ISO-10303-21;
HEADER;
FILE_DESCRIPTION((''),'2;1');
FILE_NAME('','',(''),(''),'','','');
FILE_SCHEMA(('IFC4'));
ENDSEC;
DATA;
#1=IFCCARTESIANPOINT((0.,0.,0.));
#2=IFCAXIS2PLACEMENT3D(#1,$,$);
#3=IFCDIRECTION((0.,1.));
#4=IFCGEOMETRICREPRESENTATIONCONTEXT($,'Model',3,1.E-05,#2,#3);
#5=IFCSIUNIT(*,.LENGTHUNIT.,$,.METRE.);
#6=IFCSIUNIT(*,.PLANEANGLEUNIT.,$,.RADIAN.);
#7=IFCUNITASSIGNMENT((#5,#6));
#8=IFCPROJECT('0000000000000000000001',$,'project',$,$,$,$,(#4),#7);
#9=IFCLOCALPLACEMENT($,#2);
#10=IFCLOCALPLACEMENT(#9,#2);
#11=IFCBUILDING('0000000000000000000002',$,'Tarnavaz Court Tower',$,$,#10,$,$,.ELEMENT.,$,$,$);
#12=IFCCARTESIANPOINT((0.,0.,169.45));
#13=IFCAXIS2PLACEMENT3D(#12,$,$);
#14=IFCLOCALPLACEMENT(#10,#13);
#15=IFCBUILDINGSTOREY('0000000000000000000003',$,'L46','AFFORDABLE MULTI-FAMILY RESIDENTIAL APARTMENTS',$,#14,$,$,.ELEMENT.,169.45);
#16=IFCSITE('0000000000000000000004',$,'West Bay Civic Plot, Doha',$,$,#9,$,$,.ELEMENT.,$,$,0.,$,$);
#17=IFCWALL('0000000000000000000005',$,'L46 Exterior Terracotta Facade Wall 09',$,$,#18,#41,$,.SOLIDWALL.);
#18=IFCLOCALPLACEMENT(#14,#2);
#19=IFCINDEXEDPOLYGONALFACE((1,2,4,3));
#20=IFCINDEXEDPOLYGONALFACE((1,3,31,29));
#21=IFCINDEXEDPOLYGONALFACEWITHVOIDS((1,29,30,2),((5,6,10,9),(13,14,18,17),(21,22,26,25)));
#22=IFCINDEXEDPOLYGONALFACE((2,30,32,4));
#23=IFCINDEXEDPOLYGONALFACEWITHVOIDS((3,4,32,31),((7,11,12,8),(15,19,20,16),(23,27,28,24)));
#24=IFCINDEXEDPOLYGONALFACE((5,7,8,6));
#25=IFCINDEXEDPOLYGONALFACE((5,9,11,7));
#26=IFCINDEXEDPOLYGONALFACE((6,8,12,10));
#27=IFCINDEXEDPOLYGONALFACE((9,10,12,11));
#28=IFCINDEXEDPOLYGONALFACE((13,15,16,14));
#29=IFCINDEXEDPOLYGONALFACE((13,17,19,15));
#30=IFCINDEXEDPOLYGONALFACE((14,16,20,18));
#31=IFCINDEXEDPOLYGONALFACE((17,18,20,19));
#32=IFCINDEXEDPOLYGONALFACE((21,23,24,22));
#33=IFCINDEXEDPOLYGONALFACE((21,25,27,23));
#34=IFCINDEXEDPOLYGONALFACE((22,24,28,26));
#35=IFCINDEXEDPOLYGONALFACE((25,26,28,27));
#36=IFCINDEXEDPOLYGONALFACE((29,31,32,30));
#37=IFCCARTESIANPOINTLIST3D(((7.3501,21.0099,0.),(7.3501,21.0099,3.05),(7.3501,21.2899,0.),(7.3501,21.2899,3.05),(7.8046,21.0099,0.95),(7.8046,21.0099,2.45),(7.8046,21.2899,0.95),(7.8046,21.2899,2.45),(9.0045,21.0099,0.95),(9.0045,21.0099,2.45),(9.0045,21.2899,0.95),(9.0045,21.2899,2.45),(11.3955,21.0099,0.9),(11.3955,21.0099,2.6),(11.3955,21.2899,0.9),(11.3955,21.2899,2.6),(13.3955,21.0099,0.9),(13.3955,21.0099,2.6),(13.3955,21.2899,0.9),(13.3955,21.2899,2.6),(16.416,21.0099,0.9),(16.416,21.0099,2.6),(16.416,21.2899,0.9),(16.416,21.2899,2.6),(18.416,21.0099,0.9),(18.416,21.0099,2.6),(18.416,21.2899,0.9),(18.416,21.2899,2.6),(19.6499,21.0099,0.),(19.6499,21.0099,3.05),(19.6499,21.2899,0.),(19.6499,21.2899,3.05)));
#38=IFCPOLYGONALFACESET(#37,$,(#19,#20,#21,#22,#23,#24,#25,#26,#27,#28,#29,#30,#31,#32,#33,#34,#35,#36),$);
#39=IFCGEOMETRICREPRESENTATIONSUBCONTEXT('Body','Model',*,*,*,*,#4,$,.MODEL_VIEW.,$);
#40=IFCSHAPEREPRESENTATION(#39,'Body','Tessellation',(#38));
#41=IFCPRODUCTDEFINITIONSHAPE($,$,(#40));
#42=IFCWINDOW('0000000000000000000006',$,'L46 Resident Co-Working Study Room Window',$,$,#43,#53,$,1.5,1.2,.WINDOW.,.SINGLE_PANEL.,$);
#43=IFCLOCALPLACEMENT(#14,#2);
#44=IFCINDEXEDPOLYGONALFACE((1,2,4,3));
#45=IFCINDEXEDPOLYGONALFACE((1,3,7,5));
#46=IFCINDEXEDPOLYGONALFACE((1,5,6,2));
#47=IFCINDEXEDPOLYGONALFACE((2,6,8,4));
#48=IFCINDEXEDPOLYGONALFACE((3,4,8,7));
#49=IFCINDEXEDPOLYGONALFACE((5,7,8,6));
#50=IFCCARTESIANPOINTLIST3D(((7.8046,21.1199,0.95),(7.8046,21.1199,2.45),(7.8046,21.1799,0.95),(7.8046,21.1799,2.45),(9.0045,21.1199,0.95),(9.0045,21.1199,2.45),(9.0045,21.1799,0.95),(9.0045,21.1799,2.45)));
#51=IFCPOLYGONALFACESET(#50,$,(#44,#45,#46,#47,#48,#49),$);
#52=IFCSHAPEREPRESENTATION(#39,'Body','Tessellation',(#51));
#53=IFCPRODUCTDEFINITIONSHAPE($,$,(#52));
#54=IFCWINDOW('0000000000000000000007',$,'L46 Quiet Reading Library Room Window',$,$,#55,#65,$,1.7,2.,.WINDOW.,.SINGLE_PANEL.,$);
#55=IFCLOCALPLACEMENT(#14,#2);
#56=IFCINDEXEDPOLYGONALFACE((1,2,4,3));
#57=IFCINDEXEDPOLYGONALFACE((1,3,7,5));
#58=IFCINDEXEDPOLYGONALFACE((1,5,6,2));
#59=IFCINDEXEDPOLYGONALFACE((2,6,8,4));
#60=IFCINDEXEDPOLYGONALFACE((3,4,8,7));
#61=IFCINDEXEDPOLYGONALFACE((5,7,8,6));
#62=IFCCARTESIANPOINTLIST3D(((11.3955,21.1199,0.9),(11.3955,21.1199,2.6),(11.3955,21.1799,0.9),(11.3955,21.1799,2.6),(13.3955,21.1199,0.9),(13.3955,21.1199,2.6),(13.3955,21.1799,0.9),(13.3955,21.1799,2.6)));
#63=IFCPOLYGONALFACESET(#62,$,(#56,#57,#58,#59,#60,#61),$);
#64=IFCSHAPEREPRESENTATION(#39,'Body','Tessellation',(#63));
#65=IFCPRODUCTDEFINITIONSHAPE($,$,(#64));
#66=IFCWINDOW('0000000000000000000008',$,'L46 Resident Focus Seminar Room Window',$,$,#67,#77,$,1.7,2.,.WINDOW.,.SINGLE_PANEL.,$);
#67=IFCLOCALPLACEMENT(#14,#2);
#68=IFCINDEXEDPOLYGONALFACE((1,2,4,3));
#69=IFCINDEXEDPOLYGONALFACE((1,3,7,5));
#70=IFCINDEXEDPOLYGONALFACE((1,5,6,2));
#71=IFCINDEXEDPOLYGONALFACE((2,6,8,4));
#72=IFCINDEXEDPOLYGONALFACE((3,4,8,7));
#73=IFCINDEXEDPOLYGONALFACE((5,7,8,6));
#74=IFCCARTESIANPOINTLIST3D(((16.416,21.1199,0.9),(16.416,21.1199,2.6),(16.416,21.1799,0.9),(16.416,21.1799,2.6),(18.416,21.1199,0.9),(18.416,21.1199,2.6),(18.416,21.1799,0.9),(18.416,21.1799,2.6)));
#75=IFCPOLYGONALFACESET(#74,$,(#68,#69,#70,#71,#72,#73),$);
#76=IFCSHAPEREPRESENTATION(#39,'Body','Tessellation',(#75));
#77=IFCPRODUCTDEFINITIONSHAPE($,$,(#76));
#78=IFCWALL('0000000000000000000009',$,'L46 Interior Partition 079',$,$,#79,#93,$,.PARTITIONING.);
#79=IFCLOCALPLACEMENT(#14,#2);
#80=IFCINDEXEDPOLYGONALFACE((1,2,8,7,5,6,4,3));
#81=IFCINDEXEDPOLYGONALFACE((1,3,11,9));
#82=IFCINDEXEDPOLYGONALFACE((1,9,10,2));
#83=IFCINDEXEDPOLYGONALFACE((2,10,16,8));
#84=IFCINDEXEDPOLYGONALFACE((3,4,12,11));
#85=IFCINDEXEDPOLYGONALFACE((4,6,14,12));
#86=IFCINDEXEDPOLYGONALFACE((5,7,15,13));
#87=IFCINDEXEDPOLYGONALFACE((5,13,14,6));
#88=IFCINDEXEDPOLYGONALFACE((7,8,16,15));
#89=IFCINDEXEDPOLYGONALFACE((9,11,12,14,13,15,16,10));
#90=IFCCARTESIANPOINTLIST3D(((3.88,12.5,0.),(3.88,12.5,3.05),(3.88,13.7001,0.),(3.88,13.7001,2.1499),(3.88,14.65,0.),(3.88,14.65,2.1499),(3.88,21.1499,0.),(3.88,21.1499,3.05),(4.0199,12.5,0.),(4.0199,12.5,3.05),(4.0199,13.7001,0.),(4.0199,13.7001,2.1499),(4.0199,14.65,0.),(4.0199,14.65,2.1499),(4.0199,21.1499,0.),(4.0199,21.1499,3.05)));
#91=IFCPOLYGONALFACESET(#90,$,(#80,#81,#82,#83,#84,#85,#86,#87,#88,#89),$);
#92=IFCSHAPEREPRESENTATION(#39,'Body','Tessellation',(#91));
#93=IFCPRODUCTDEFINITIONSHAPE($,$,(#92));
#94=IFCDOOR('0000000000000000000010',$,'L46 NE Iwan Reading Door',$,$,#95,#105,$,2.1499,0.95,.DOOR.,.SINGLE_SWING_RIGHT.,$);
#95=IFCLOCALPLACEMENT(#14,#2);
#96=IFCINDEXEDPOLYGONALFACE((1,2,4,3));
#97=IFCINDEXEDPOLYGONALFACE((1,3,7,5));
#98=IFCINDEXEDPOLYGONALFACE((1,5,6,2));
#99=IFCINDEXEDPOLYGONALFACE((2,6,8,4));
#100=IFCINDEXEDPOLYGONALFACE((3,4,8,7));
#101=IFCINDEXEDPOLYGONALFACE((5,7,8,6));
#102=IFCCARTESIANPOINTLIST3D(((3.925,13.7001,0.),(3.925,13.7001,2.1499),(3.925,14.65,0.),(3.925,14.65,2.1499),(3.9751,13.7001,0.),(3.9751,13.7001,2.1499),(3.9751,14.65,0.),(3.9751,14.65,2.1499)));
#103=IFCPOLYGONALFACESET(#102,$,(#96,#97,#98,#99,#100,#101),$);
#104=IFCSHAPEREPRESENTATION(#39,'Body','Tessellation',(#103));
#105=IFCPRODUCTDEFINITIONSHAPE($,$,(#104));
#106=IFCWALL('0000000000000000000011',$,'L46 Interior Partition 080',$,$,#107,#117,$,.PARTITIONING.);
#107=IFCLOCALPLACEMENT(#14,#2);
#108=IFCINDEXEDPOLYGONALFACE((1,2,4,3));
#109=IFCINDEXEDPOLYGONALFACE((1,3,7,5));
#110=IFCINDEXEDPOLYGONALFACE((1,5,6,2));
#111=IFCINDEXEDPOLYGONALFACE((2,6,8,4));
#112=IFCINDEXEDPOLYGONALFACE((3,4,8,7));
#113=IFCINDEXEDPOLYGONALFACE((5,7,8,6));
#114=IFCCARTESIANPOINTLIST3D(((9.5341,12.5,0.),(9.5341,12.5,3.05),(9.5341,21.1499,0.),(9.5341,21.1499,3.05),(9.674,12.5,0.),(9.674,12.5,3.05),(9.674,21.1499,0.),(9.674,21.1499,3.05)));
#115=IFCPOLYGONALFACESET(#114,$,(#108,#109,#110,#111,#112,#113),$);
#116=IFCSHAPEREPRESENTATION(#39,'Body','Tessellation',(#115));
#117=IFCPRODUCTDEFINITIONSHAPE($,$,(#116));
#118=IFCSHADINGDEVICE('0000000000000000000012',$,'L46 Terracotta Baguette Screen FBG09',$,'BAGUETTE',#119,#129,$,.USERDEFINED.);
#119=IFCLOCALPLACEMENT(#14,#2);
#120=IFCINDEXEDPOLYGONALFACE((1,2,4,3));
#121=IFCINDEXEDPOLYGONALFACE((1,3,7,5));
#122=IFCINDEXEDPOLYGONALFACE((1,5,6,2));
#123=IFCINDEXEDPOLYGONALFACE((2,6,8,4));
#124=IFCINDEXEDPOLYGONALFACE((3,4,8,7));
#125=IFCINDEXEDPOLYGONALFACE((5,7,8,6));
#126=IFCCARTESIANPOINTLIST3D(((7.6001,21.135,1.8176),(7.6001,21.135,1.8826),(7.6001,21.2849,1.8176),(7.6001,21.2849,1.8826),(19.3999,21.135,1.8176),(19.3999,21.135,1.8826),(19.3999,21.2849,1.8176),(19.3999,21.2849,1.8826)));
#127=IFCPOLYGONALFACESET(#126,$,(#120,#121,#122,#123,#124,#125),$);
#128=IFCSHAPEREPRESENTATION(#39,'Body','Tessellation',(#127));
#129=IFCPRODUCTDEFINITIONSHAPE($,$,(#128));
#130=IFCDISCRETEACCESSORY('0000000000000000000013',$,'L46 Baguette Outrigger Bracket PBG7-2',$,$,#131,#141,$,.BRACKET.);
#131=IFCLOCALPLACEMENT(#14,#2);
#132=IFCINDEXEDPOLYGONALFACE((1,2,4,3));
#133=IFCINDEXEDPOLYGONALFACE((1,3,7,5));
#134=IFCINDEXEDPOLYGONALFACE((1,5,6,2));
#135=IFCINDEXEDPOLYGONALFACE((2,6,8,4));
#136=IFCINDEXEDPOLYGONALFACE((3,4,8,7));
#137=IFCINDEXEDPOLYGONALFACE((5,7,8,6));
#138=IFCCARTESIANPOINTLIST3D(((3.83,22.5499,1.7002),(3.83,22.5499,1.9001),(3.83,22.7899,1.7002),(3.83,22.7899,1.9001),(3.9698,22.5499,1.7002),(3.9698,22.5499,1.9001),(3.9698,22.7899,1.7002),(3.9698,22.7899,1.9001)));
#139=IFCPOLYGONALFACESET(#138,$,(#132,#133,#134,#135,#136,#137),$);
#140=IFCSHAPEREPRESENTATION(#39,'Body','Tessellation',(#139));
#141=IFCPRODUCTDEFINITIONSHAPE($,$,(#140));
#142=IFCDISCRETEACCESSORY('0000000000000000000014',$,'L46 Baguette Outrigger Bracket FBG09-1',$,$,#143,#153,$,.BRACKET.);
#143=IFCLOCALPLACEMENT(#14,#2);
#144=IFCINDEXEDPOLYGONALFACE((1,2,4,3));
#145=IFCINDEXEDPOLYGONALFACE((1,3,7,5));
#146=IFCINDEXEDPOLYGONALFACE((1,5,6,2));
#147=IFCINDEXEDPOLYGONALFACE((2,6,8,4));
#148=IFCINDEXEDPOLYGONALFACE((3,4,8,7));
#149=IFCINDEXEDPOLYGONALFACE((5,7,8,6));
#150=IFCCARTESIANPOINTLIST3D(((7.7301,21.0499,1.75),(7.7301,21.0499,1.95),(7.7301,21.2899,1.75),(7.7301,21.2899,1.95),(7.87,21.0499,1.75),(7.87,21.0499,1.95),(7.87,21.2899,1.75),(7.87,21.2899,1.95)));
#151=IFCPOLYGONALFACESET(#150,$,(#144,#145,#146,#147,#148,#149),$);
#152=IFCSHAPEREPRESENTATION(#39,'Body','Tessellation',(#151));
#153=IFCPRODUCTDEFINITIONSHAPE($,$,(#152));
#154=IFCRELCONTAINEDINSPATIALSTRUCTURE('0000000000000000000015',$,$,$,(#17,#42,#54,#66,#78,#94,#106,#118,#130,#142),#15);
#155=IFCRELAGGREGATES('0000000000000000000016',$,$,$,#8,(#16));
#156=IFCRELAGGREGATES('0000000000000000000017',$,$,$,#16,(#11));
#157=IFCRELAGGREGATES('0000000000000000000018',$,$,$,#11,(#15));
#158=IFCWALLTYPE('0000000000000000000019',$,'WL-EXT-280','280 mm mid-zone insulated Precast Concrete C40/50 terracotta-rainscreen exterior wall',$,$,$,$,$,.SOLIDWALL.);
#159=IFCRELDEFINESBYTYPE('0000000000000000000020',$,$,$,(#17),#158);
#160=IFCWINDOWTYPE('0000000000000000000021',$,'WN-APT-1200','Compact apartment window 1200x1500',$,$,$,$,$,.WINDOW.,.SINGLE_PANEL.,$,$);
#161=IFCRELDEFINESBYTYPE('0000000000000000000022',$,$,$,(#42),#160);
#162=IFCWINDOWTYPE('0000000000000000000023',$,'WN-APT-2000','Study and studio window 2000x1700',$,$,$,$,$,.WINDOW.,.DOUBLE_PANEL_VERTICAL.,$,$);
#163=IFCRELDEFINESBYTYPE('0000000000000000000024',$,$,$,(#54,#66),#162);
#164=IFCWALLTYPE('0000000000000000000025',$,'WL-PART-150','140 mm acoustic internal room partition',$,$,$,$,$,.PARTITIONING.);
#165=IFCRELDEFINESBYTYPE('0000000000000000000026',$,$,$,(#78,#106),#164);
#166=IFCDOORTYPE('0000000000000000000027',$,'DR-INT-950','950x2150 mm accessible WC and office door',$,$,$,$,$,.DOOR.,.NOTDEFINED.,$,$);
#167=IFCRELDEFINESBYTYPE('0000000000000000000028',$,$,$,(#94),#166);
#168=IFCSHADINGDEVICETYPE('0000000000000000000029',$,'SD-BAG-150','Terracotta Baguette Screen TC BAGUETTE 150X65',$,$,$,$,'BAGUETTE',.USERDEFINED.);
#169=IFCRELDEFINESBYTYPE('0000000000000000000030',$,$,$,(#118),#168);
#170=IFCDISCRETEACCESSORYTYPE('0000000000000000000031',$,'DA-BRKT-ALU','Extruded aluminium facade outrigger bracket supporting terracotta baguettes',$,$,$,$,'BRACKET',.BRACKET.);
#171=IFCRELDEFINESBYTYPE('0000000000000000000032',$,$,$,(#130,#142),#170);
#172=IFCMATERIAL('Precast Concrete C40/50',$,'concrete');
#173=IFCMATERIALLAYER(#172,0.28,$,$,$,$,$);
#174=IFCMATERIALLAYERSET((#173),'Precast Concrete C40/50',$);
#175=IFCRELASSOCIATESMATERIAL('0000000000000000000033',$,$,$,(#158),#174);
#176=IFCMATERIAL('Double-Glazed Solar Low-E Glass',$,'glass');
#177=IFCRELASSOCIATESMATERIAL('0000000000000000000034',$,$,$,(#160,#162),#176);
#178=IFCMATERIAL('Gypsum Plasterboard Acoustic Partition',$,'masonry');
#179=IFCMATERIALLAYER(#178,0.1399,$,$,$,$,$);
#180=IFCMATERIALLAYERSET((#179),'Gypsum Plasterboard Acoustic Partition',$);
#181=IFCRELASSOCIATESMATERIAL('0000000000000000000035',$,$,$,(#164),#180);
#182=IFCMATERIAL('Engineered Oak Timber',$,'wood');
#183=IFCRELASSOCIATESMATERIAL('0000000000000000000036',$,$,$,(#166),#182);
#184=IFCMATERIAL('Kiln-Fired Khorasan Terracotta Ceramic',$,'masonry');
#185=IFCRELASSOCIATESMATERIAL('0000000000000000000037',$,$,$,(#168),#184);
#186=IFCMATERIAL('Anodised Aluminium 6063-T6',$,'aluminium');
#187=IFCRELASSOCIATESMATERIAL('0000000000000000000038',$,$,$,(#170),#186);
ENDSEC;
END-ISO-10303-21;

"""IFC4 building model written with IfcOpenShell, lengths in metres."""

from ifc_helpers import new_model, si_unit, direction, frame, frame_2d, origin, origin_2d, place, context, subcontext, project, spatial, rectangle, extrude, material, layer, layer_set, material_profile, profile_set, type_object, element, fill, save


model = new_model("IFC4")

# Units and contexts
model_context = context("Model", 3, precision=1e-05, world=origin(), true_north=direction((0.0, 1.0)))
body_context = subcontext(model_context, "Body", "Model", "MODEL_VIEW")
ifc_project = project(units=[si_unit("LENGTHUNIT", "METRE"), si_unit("PLANEANGLEUNIT", "RADIAN")], contexts=[model_context])

# Site, building, storey
site_placement = place(None, origin())
site = spatial("IfcSite", under=ifc_project, at=site_placement, Name="West Bay Civic Plot, Doha", CompositionType="ELEMENT", RefElevation=0.0)
building_placement = place(site_placement, origin())
building = spatial("IfcBuilding", under=site, at=building_placement, Name="Tarnavaz Court Tower", CompositionType="ELEMENT")
storey_placement = place(building_placement, frame((0.0, 0.0, 169.45)))
storey = spatial("IfcBuildingStorey", under=building, at=storey_placement, Name="L46", Description="AFFORDABLE MULTI-FAMILY RESIDENTIAL APARTMENTS", CompositionType="ELEMENT", Elevation=169.45)

# Shared definitions
ifc_material_1 = material(Name="Anodised Aluminium 6063-T6", Category="aluminium")
ifc_material_2 = material(Name="Double-Glazed Solar Low-E Glass", Category="glass")

# Shared definitions
ifc_material_3 = material(Name="Precast Concrete C40/50", Category="concrete")
ifc_layer_1 = layer(ifc_material_3, 0.28)
ifc_layer_set_1 = layer_set([ifc_layer_1], Name="Precast Concrete C40/50")
wall_type_1 = type_object("IfcWallType", Name="WL-EXT-280", Description="280 mm mid-zone insulated Precast Concrete C40/50 terracotta-rainscreen exterior wall", PredefinedType="SOLIDWALL", material=ifc_layer_set_1)
window_type_1 = type_object("IfcWindowType", Name="WN-APT-1200", Description="Compact apartment window 1200x1500", PartitioningType="SINGLE_PANEL", PredefinedType="WINDOW", material=ifc_material_2)

# Wall, openings, windows
wall_1_placement = place(storey_placement, frame((7.3501, 21.1499, 0.0), z_axis=(0.0, 0.0, 1.0), x_axis=(1.0, 0.0, 0.0)))
wall_1 = element("IfcWall", 1, at=wall_1_placement, inside=storey, type_object=wall_type_1, Name="L46 Exterior Terracotta Facade Wall 09", PredefinedType="SOLIDWALL", context=body_context, shape_type="SweptSolid", body=[
    extrude(rectangle(XDim=12.2998, YDim=0.28, at=frame_2d((6.1499, 0.0))), origin(), (0.0, 0.0, 1.0), 3.05),
])
opening_1_placement = place(wall_1_placement, frame((0.4543, 0.0, 0.95)))
opening_1 = element("IfcOpeningElement", 2, at=opening_1_placement, cuts=wall_1, PredefinedType="OPENING", context=body_context, shape_type="SweptSolid", body=[
    extrude(rectangle(XDim=1.2, YDim=1.5, at=frame_2d((0.6001, 0.75))), frame((0.0, 0.1499, 0.0), z_axis=(0.0, -1.0, 0.0), x_axis=(1.0, 0.0, 0.0)), (0.0, 0.0, 1.0), 0.3),
])
opening_2_placement = place(wall_1_placement, frame((4.0454, 0.0, 0.8999)))
opening_2 = element("IfcOpeningElement", 3, at=opening_2_placement, cuts=wall_1, PredefinedType="OPENING", context=body_context, shape_type="SweptSolid", body=[
    extrude(rectangle(XDim=2.0, YDim=1.7, at=frame_2d((1.0, 0.8501))), frame((0.0, 0.1499, 0.0), z_axis=(0.0, -1.0, 0.0), x_axis=(1.0, 0.0, 0.0)), (0.0, 0.0, 1.0), 0.3),
])
opening_3_placement = place(wall_1_placement, frame((9.0659, 0.0, 0.8999)))
opening_3 = element("IfcOpeningElement", 4, at=opening_3_placement, cuts=wall_1, PredefinedType="OPENING", context=body_context, shape_type="SweptSolid", body=[
    extrude(rectangle(XDim=2.0, YDim=1.7, at=frame_2d((1.0, 0.8501))), frame((0.0, 0.1499, 0.0), z_axis=(0.0, -1.0, 0.0), x_axis=(1.0, 0.0, 0.0)), (0.0, 0.0, 1.0), 0.3),
])
window_1_placement = place(opening_1_placement, origin())
window_1 = element("IfcWindow", 5, at=window_1_placement, inside=storey, type_object=window_type_1, Name="L46 Resident Co-Working Study Room Window", OverallHeight=1.5, OverallWidth=1.2, PartitioningType="SINGLE_PANEL", PredefinedType="WINDOW", context=body_context, shape_type="SweptSolid", body=[
    extrude(rectangle(XDim=1.2, YDim=1.5, at=frame_2d((0.6001, 0.75))), frame((0.0, 0.03, 0.0), z_axis=(0.0, -1.0, 0.0), x_axis=(1.0, 0.0, 0.0)), (0.0, 0.0, 1.0), 0.0601),
])
fill(opening_1, window_1)
window_type_2 = type_object("IfcWindowType", Name="WN-APT-2000", Description="Study and studio window 2000x1700", PartitioningType="DOUBLE_PANEL_VERTICAL", PredefinedType="WINDOW", material=ifc_material_2)
window_2_placement = place(opening_2_placement, origin())
window_2 = element("IfcWindow", 6, at=window_2_placement, inside=storey, type_object=window_type_2, Name="L46 Quiet Reading Library Room Window", OverallHeight=1.7, OverallWidth=2.0, PartitioningType="SINGLE_PANEL", PredefinedType="WINDOW", context=body_context, shape_type="SweptSolid", body=[
    extrude(rectangle(XDim=2.0, YDim=1.7, at=frame_2d((1.0, 0.8501))), frame((0.0, 0.03, 0.0), z_axis=(0.0, -1.0, 0.0), x_axis=(1.0, 0.0, 0.0)), (0.0, 0.0, 1.0), 0.0601),
])
fill(opening_2, window_2)
window_3_placement = place(opening_3_placement, origin())
window_3 = element("IfcWindow", 7, at=window_3_placement, inside=storey, type_object=window_type_2, Name="L46 Resident Focus Seminar Room Window", OverallHeight=1.7, OverallWidth=2.0, PartitioningType="SINGLE_PANEL", PredefinedType="WINDOW", context=body_context, shape_type="SweptSolid", body=[
    extrude(rectangle(XDim=2.0, YDim=1.7, at=frame_2d((1.0, 0.8501))), frame((0.0, 0.03, 0.0), z_axis=(0.0, -1.0, 0.0), x_axis=(1.0, 0.0, 0.0)), (0.0, 0.0, 1.0), 0.0601),
])
fill(opening_3, window_3)

# Wall, opening, door
ifc_material_4 = material(Name="Gypsum Plasterboard Acoustic Partition", Category="masonry")
ifc_layer_2 = layer(ifc_material_4, 0.1399)
ifc_layer_set_2 = layer_set([ifc_layer_2], Name="Gypsum Plasterboard Acoustic Partition")
wall_type_2 = type_object("IfcWallType", Name="WL-PART-150", Description="140 mm acoustic internal room partition", PredefinedType="PARTITIONING", material=ifc_layer_set_2)
wall_2_placement = place(storey_placement, frame((3.95, 12.5, 0.0), z_axis=(0.0, 0.0, 1.0), x_axis=(0.0, 1.0, 0.0)))
wall_2 = element("IfcWall", 8, at=wall_2_placement, inside=storey, type_object=wall_type_2, Name="L46 Interior Partition 079", PredefinedType="PARTITIONING", context=body_context, shape_type="SweptSolid", body=[
    extrude(rectangle(XDim=8.6499, YDim=0.1399, at=frame_2d((4.325, 0.0))), origin(), (0.0, 0.0, 1.0), 3.05),
])
opening_4_placement = place(wall_2_placement, frame((1.2, 0.0, 0.0)))
opening_4 = element("IfcOpeningElement", 9, at=opening_4_placement, cuts=wall_2, PredefinedType="OPENING", context=body_context, shape_type="SweptSolid", body=[
    extrude(rectangle(XDim=0.95, YDim=2.1499, at=frame_2d((0.4751, 1.075))), frame((0.0, 0.0798, 0.0), z_axis=(0.0, -1.0, 0.0), x_axis=(1.0, 0.0, 0.0)), (0.0, 0.0, 1.0), 0.1599),
])
ifc_material_5 = material(Name="Engineered Oak Timber", Category="wood")
door_type = type_object("IfcDoorType", Name="DR-INT-950", Description="950x2150 mm accessible WC and office door", OperationType="NOTDEFINED", PredefinedType="DOOR", material=ifc_material_5)
door_placement = place(opening_4_placement, origin())
door = element("IfcDoor", 10, at=door_placement, inside=storey, type_object=door_type, Name="L46 NE Iwan Reading Door", OperationType="SINGLE_SWING_RIGHT", OverallHeight=2.1499, OverallWidth=0.95, PredefinedType="DOOR", context=body_context, shape_type="SweptSolid", body=[
    extrude(rectangle(XDim=0.95, YDim=2.1499, at=frame_2d((0.4751, 1.075))), frame((0.0, 0.0249, 0.0), z_axis=(0.0, -1.0, 0.0), x_axis=(1.0, 0.0, 0.0)), (0.0, 0.0, 1.0), 0.05),
])
fill(opening_4, door)

# Wall
wall_3_placement = place(storey_placement, frame((9.604, 12.5, 0.0), z_axis=(0.0, 0.0, 1.0), x_axis=(0.0, 1.0, 0.0)))
element("IfcWall", 11, at=wall_3_placement, inside=storey, type_object=wall_type_2, Name="L46 Interior Partition 080", PredefinedType="PARTITIONING", context=body_context, shape_type="SweptSolid", body=[
    extrude(rectangle(XDim=8.6499, YDim=0.1399, at=frame_2d((4.325, 0.0))), origin(), (0.0, 0.0, 1.0), 3.05),
])

# Shading device
ifc_material_6 = material(Name="Kiln-Fired Khorasan Terracotta Ceramic", Category="masonry")
ifc_material_profile_1 = material_profile(ifc_material_6, rectangle(XDim=0.1499, YDim=0.0649, at=origin_2d()), Name="TC BAGUETTE 150X65")
ifc_profile_set_1 = profile_set([ifc_material_profile_1], Name="Kiln-Fired Khorasan Terracotta Ceramic")
shading_device_type = type_object("IfcShadingDeviceType", Name="SD-BAG-150", Description="Terracotta Baguette Screen TC BAGUETTE 150X65", ElementType="BAGUETTE", PredefinedType="USERDEFINED", material=ifc_profile_set_1)
shading_device_placement = place(storey_placement, frame((7.6001, 21.21, 1.8501), z_axis=(1.0, 0.0, 0.0), x_axis=(0.0, 1.0, 0.0)))
element("IfcShadingDevice", 12, at=shading_device_placement, inside=storey, type_object=shading_device_type, Name="L46 Terracotta Baguette Screen FBG09", ObjectType="BAGUETTE", PredefinedType="USERDEFINED", context=body_context, shape_type="SweptSolid", body=[
    extrude(rectangle(XDim=0.1499, YDim=0.0649, at=origin_2d()), origin(), (0.0, 0.0, 1.0), 11.7998),
])

# Discrete accessories
discrete_accessory_type = type_object("IfcDiscreteAccessoryType", Name="DA-BRKT-ALU", Description="Extruded aluminium facade outrigger bracket supporting terracotta baguettes", ElementType="BRACKET", PredefinedType="BRACKET", material=ifc_material_1)
for number, where, z_axis, x_axis, name in (
    (13, (3.8999, 22.6699, 1.7002), (0.0, 0.0, 1.0), (1.0, 0.0, 0.0), "L46 Baguette Outrigger Bracket PBG7-2"),
    (14, (7.8, 21.1699, 1.75), (0.0, 0.0, 1.0), (1.0, 0.0, 0.0), "L46 Baguette Outrigger Bracket FBG09-1"),
):
    element("IfcDiscreteAccessory", number, at=place(storey_placement, frame(where, z_axis=z_axis, x_axis=x_axis)), inside=storey, type_object=discrete_accessory_type, Name=name, PredefinedType="BRACKET", context=body_context, shape_type="SweptSolid", body=[
        extrude(rectangle(XDim=0.1399, YDim=0.24, at=origin_2d()), origin(), (0.0, 0.0, 1.0), 0.2),
    ])

save(model, "model.ifc")
